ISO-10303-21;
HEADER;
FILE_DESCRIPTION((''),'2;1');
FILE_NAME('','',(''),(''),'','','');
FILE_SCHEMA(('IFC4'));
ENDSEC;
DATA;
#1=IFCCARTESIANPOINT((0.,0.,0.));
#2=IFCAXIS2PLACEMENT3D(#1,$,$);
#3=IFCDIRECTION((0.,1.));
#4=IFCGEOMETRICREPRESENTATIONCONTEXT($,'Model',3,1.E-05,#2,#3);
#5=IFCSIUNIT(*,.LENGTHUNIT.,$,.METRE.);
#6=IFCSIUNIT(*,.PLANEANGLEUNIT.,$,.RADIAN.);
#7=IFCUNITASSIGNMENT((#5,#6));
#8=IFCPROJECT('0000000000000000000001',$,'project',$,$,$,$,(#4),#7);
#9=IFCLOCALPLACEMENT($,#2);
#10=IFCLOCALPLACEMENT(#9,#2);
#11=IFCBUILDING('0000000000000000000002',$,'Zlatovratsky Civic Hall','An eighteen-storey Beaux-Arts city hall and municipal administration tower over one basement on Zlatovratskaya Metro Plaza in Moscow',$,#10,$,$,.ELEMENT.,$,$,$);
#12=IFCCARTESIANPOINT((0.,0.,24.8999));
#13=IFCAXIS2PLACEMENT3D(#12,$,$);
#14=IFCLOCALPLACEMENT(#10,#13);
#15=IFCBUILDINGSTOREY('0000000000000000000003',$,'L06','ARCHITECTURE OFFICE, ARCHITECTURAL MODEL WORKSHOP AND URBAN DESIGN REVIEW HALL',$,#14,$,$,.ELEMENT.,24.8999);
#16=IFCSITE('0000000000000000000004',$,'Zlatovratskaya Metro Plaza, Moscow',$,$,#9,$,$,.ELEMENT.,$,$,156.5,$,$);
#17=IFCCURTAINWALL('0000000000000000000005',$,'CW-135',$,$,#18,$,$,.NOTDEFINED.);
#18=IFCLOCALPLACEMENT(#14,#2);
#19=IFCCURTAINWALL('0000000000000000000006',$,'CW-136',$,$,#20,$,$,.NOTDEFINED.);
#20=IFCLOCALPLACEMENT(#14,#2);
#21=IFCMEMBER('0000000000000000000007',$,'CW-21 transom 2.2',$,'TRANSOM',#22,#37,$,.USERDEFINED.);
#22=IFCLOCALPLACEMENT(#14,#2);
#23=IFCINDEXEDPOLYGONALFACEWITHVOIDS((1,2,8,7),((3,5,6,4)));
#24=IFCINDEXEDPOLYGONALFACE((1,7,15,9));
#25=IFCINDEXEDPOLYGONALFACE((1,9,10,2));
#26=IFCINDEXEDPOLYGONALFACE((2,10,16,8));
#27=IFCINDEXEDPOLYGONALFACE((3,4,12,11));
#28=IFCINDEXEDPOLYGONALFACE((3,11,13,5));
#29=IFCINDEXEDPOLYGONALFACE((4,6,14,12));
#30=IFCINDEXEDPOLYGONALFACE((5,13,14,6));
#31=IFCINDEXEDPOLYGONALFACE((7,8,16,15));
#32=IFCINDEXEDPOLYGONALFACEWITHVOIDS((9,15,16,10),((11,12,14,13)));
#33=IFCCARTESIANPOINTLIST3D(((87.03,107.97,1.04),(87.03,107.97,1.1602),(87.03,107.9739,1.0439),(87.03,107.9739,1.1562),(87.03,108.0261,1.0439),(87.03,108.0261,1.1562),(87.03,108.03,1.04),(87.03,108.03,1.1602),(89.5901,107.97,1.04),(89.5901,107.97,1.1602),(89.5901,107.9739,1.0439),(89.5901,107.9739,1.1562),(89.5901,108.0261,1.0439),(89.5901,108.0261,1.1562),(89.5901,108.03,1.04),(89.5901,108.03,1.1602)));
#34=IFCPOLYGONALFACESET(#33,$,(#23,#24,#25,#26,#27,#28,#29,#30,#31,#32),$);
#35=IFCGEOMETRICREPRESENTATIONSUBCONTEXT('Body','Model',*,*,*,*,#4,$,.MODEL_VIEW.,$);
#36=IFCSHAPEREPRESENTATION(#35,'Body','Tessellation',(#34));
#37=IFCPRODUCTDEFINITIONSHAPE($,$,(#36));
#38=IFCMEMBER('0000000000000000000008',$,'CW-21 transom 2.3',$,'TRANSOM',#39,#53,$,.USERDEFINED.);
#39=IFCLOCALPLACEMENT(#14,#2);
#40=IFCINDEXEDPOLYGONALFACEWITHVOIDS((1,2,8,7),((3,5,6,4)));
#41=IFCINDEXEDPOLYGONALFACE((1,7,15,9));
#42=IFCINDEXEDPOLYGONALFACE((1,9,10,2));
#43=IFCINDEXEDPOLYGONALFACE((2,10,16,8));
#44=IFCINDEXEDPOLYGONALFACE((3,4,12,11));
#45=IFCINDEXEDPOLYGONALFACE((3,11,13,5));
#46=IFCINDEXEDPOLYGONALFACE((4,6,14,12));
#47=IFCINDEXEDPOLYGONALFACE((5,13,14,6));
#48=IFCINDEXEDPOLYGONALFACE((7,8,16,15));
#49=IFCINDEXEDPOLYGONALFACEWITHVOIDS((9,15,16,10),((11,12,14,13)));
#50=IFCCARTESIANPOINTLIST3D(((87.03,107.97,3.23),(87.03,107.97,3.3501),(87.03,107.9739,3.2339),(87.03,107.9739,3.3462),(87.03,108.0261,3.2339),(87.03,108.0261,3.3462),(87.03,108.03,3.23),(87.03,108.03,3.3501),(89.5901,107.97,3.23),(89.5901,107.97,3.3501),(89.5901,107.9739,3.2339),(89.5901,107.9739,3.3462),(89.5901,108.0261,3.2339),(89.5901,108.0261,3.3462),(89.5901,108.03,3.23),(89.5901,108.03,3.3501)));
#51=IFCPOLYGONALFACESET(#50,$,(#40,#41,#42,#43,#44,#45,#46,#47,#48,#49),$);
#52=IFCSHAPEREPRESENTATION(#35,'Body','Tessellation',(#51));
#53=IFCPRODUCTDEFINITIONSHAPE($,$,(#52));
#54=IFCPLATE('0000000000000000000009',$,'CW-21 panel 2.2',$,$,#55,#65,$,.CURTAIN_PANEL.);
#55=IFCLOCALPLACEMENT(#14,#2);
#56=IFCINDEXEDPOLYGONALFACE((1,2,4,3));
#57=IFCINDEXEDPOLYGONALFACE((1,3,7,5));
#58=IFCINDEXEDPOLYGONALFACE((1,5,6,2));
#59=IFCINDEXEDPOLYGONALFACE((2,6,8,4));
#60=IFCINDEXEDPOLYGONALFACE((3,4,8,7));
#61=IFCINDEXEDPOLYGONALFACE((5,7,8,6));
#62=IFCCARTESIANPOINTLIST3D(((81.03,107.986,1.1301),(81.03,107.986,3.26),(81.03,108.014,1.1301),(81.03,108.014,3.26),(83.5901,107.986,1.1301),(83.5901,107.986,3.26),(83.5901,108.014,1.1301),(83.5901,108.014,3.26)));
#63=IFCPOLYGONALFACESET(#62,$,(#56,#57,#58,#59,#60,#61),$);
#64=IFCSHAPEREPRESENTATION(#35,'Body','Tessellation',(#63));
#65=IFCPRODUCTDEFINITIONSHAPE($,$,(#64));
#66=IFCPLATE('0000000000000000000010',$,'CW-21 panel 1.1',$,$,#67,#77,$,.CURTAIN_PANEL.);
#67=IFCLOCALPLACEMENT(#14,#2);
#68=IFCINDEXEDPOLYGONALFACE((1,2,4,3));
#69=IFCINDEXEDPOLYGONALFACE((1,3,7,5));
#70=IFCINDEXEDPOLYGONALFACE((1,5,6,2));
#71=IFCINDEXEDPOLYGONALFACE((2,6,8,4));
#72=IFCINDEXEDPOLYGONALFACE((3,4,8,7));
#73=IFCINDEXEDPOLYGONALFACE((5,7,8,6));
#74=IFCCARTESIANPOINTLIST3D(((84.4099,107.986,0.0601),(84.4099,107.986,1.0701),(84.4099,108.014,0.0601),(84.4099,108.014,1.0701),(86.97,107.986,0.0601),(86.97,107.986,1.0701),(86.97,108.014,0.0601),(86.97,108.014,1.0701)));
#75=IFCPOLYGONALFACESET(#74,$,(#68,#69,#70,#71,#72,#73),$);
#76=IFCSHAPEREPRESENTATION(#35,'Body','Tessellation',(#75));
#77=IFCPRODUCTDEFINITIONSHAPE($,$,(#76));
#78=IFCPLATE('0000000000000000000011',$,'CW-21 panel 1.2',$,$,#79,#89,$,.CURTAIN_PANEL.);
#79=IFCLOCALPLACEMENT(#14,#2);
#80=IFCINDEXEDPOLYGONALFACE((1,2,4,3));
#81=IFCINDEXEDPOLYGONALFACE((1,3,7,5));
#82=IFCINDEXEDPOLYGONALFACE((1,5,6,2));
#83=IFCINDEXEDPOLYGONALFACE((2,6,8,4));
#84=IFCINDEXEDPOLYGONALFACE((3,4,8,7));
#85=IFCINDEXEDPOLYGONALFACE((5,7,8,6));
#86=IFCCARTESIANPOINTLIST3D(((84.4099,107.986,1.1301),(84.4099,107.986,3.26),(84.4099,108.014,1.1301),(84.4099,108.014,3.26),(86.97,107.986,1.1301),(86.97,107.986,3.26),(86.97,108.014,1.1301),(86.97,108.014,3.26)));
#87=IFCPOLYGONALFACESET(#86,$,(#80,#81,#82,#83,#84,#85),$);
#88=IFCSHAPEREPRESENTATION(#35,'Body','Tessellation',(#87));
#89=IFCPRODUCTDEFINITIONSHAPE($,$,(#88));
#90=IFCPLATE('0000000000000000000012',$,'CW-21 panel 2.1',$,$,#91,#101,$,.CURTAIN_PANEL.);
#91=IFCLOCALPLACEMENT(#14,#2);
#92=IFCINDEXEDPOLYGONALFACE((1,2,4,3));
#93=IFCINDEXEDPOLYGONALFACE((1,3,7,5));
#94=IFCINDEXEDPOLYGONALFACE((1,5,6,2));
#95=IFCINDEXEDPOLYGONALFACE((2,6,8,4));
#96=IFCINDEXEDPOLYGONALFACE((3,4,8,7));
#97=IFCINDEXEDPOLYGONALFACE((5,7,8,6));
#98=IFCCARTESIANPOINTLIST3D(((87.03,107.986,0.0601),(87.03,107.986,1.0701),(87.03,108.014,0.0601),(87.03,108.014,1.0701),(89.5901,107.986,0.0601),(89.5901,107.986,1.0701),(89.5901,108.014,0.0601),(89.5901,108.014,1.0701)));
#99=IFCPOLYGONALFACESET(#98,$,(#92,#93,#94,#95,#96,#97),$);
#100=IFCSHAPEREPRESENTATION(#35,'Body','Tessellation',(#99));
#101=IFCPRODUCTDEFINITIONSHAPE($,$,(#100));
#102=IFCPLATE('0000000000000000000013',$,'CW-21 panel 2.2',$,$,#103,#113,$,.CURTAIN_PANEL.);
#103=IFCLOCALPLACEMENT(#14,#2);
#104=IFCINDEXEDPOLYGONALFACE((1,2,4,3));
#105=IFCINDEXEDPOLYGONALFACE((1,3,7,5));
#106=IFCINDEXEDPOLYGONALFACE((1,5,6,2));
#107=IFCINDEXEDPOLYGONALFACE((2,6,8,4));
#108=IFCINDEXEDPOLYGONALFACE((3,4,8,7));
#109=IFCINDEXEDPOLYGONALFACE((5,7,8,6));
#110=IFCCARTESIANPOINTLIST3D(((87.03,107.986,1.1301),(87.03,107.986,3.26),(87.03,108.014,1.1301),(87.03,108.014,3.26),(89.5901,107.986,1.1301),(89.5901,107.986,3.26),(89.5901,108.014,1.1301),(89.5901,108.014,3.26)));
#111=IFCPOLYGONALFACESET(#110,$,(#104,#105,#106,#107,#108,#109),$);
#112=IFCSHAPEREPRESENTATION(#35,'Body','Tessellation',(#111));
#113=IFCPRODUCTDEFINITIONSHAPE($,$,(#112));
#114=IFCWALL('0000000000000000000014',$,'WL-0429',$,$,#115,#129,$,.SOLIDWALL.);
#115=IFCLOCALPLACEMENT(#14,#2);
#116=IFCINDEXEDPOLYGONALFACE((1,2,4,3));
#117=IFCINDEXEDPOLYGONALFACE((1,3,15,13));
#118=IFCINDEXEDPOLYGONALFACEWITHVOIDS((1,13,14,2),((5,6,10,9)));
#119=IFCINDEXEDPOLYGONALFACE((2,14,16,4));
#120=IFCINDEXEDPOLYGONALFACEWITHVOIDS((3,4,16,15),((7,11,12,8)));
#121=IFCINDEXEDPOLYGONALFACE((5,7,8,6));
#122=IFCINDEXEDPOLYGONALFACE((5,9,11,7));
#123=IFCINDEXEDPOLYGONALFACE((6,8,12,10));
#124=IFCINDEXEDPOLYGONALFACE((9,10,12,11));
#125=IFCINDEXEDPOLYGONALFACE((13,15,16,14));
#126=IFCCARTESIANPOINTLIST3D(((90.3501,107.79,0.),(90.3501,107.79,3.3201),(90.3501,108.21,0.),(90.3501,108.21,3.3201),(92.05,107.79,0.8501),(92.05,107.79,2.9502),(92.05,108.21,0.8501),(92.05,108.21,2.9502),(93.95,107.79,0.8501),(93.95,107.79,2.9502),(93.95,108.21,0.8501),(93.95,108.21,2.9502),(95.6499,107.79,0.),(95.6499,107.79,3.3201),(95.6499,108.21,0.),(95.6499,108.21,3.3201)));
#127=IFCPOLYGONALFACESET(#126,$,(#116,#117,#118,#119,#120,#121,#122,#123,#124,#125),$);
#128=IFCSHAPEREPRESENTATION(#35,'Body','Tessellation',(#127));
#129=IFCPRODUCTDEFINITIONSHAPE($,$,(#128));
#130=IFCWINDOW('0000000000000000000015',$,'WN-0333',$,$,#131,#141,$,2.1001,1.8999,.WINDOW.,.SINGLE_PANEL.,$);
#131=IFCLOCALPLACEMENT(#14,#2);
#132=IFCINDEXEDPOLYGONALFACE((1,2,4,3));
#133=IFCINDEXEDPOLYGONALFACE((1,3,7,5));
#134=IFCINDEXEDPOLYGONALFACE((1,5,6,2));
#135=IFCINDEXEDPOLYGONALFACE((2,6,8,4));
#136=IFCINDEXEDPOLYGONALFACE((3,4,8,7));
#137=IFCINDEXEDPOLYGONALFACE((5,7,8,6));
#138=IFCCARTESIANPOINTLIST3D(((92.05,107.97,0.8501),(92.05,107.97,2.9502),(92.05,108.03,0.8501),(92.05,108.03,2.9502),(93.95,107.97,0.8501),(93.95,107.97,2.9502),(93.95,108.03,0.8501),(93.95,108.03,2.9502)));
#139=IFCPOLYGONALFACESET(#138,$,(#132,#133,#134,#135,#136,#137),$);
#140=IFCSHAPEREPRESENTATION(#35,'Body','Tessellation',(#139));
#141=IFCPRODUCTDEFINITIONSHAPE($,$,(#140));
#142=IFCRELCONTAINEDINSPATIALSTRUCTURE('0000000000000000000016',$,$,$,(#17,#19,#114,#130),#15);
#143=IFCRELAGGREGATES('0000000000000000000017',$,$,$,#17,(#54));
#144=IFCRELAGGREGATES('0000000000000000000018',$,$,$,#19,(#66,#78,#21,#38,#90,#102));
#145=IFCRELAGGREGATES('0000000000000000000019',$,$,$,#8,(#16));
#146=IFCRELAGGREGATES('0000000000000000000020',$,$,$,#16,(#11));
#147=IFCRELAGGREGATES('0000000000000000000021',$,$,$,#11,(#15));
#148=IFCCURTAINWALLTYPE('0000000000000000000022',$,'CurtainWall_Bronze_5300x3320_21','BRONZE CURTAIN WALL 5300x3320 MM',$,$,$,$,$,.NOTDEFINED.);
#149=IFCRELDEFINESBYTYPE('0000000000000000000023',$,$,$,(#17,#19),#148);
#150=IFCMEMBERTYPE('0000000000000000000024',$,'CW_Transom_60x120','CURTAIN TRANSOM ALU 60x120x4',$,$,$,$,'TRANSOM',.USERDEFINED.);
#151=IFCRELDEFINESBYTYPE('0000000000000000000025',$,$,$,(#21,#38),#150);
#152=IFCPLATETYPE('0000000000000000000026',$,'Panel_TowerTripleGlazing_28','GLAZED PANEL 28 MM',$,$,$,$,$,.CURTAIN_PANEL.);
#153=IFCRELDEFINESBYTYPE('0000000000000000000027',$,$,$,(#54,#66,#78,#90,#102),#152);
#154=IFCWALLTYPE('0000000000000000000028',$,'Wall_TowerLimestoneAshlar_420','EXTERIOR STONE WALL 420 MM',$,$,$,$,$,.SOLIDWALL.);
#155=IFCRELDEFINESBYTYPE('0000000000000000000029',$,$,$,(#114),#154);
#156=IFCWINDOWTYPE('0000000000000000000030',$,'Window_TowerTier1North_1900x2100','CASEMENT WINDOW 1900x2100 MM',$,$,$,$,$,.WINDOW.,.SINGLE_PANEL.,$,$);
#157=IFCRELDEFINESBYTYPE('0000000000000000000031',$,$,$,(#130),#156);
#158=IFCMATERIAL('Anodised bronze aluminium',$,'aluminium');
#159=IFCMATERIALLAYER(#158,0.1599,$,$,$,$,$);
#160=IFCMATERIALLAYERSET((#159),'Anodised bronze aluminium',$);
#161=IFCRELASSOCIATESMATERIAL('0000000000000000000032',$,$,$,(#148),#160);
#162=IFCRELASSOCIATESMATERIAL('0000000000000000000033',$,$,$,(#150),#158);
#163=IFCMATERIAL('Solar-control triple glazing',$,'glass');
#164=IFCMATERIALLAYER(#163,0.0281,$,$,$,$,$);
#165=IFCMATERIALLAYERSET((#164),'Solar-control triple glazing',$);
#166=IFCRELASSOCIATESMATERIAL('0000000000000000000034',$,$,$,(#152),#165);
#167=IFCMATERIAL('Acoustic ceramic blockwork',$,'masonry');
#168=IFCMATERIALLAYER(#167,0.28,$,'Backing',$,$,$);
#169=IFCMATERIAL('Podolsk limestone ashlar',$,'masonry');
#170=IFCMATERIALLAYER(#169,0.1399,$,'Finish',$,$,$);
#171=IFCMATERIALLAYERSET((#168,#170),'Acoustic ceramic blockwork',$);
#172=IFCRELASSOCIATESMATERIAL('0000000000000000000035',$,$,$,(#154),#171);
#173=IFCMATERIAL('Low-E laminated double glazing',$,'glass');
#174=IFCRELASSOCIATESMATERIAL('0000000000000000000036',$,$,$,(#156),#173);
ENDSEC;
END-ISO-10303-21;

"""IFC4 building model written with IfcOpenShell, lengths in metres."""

from ifc_helpers import new_model, si_unit, direction, frame, frame_2d, origin, origin_2d, place, context, subcontext, project, spatial, rectangle, hollow_rectangle, extrude, material, layer, layer_set, material_profile, profile_set, type_object, element, fill, aggregate, save


model = new_model("IFC4")

# Units and contexts
model_context = context("Model", 3, precision=1e-05, world=origin(), true_north=direction((0.0, 1.0)))
body_context = subcontext(model_context, "Body", "Model", "MODEL_VIEW")
ifc_project = project(units=[si_unit("LENGTHUNIT", "METRE"), si_unit("PLANEANGLEUNIT", "RADIAN")], contexts=[model_context])

# Site, building, storey
site_placement = place(None, origin())
site = spatial("IfcSite", under=ifc_project, at=site_placement, Name="Zlatovratskaya Metro Plaza, Moscow", CompositionType="ELEMENT", RefElevation=156.5)
building_placement = place(site_placement, origin())
building = spatial("IfcBuilding", under=site, at=building_placement, Name="Zlatovratsky Civic Hall", Description="An eighteen-storey Beaux-Arts city hall and municipal administration tower over one basement on Zlatovratskaya Metro Plaza in Moscow", CompositionType="ELEMENT")
storey_placement = place(building_placement, frame((0.0, 0.0, 24.8999)))
storey = spatial("IfcBuildingStorey", under=building, at=storey_placement, Name="L06", Description="ARCHITECTURE OFFICE, ARCHITECTURAL MODEL WORKSHOP AND URBAN DESIGN REVIEW HALL", CompositionType="ELEMENT", Elevation=24.8999)

# Curtain wall
ifc_material_1 = material(Name="Anodised bronze aluminium", Category="aluminium")
ifc_layer_1 = layer(ifc_material_1, 0.1599)
ifc_layer_set_1 = layer_set([ifc_layer_1], Name="Anodised bronze aluminium")
curtain_wall_type = type_object("IfcCurtainWallType", Name="CurtainWall_Bronze_5300x3320_21", Description="BRONZE CURTAIN WALL 5300x3320 MM", PredefinedType="NOTDEFINED", material=ifc_layer_set_1)
curtain_wall_1_placement = place(storey_placement, origin())
curtain_wall_1 = element("IfcCurtainWall", 1, at=curtain_wall_1_placement, inside=storey, type_object=curtain_wall_type, Name="CW-135", PredefinedType="NOTDEFINED")

# Curtain wall, members
curtain_wall_2_placement = place(storey_placement, origin())
curtain_wall_2 = element("IfcCurtainWall", 2, at=curtain_wall_2_placement, inside=storey, type_object=curtain_wall_type, Name="CW-136", PredefinedType="NOTDEFINED")
ifc_material_profile_1 = material_profile(ifc_material_1, hollow_rectangle(XDim=0.0601, YDim=0.1201, WallThickness=0.0039, at=origin_2d()), Name="ALU 60x120x4")
ifc_profile_set_1 = profile_set([ifc_material_profile_1], Name="Anodised bronze aluminium")
member_type_1 = type_object("IfcMemberType", Name="CW_Transom_60x120", Description="CURTAIN TRANSOM ALU 60x120x4", ElementType="TRANSOM", PredefinedType="USERDEFINED", material=ifc_profile_set_1)
member_1_placement = place(storey_placement, frame((87.03, 108.0, 1.1001), z_axis=(1.0, 0.0, 0.0), x_axis=(0.0, 1.0, 0.0)))
member_1 = element("IfcMember", 3, at=member_1_placement, type_object=member_type_1, Name="CW-21 transom 2.2", ObjectType="TRANSOM", PredefinedType="USERDEFINED", context=body_context, shape_type="SweptSolid", body=[
    extrude(hollow_rectangle(XDim=0.0601, YDim=0.1201, WallThickness=0.0039, at=origin_2d()), origin(), (0.0, 0.0, 1.0), 2.5601),
])
member_2_placement = place(storey_placement, frame((87.03, 108.0, 3.29), z_axis=(1.0, 0.0, 0.0), x_axis=(0.0, 1.0, 0.0)))
member_2 = element("IfcMember", 4, at=member_2_placement, type_object=member_type_1, Name="CW-21 transom 2.3", ObjectType="TRANSOM", PredefinedType="USERDEFINED", context=body_context, shape_type="SweptSolid", body=[
    extrude(hollow_rectangle(XDim=0.0601, YDim=0.1201, WallThickness=0.0039, at=origin_2d()), origin(), (0.0, 0.0, 1.0), 2.5601),
])

# Plates
ifc_material_2 = material(Name="Solar-control triple glazing", Category="glass")
ifc_layer_2 = layer(ifc_material_2, 0.0281)
ifc_layer_set_2 = layer_set([ifc_layer_2], Name="Solar-control triple glazing")
plate_type = type_object("IfcPlateType", Name="Panel_TowerTripleGlazing_28", Description="GLAZED PANEL 28 MM", PredefinedType="CURTAIN_PANEL", material=ifc_layer_set_2)
plate_1_placement = place(storey_placement, frame((82.3101, 108.0, 1.1301), z_axis=(0.0, 0.0, 1.0), x_axis=(1.0, 0.0, 0.0)))
plate_1 = element("IfcPlate", 5, at=plate_1_placement, type_object=plate_type, Name="CW-21 panel 2.2", PredefinedType="CURTAIN_PANEL", context=body_context, shape_type="SweptSolid", body=[
    extrude(rectangle(XDim=2.5601, YDim=0.0281, at=origin_2d()), origin(), (0.0, 0.0, 1.0), 2.1299),
])
aggregate(curtain_wall_1, [plate_1])
plate_2_placement = place(storey_placement, frame((85.6899, 108.0, 0.0601), z_axis=(0.0, 0.0, 1.0), x_axis=(1.0, 0.0, 0.0)))
plate_2 = element("IfcPlate", 6, at=plate_2_placement, type_object=plate_type, Name="CW-21 panel 1.1", PredefinedType="CURTAIN_PANEL", context=body_context, shape_type="SweptSolid", body=[
    extrude(rectangle(XDim=2.5601, YDim=0.0281, at=origin_2d()), origin(), (0.0, 0.0, 1.0), 1.01),
])
plate_3_placement = place(storey_placement, frame((85.6899, 108.0, 1.1301), z_axis=(0.0, 0.0, 1.0), x_axis=(1.0, 0.0, 0.0)))
plate_3 = element("IfcPlate", 7, at=plate_3_placement, type_object=plate_type, Name="CW-21 panel 1.2", PredefinedType="CURTAIN_PANEL", context=body_context, shape_type="SweptSolid", body=[
    extrude(rectangle(XDim=2.5601, YDim=0.0281, at=origin_2d()), origin(), (0.0, 0.0, 1.0), 2.1299),
])
plate_4_placement = place(storey_placement, frame((88.3101, 108.0, 0.0601), z_axis=(0.0, 0.0, 1.0), x_axis=(1.0, 0.0, 0.0)))
plate_4 = element("IfcPlate", 8, at=plate_4_placement, type_object=plate_type, Name="CW-21 panel 2.1", PredefinedType="CURTAIN_PANEL", context=body_context, shape_type="SweptSolid", body=[
    extrude(rectangle(XDim=2.5601, YDim=0.0281, at=origin_2d()), origin(), (0.0, 0.0, 1.0), 1.01),
])
plate_5_placement = place(storey_placement, frame((88.3101, 108.0, 1.1301), z_axis=(0.0, 0.0, 1.0), x_axis=(1.0, 0.0, 0.0)))
plate_5 = element("IfcPlate", 9, at=plate_5_placement, type_object=plate_type, Name="CW-21 panel 2.2", PredefinedType="CURTAIN_PANEL", context=body_context, shape_type="SweptSolid", body=[
    extrude(rectangle(XDim=2.5601, YDim=0.0281, at=origin_2d()), origin(), (0.0, 0.0, 1.0), 2.1299),
])
aggregate(curtain_wall_2, [plate_2, plate_3, member_1, member_2, plate_4, plate_5])

# Wall, opening, window
ifc_material_3 = material(Name="Acoustic ceramic blockwork", Category="masonry")
ifc_layer_3 = layer(ifc_material_3, 0.28, Name="Backing")
ifc_material_4 = material(Name="Podolsk limestone ashlar", Category="masonry")
ifc_layer_4 = layer(ifc_material_4, 0.1399, Name="Finish")
ifc_layer_set_3 = layer_set([ifc_layer_3, ifc_layer_4], Name="Acoustic ceramic blockwork")
wall_type = type_object("IfcWallType", Name="Wall_TowerLimestoneAshlar_420", Description="EXTERIOR STONE WALL 420 MM", PredefinedType="SOLIDWALL", material=ifc_layer_set_3)
wall_placement = place(storey_placement, frame((90.3501, 108.0, 0.0), z_axis=(0.0, 0.0, 1.0), x_axis=(1.0, 0.0, 0.0)))
wall = element("IfcWall", 10, at=wall_placement, inside=storey, type_object=wall_type, Name="WL-0429", PredefinedType="SOLIDWALL", context=body_context, shape_type="SweptSolid", body=[
    extrude(rectangle(XDim=5.2998, YDim=0.4199, at=frame_2d((2.6499, 0.0))), origin(), (0.0, 0.0, 1.0), 3.3201),
])
opening_placement = place(wall_placement, frame((1.7, 0.0, 0.8501)))
opening = element("IfcOpeningElement", 11, at=opening_placement, cuts=wall, PredefinedType="OPENING", context=body_context, shape_type="SweptSolid", body=[
    extrude(rectangle(XDim=1.8999, YDim=2.1001, at=frame_2d((0.95, 1.05))), frame((0.0, 0.2249, 0.0), z_axis=(0.0, -1.0, 0.0), x_axis=(1.0, 0.0, 0.0)), (0.0, 0.0, 1.0), 0.4497),
])
ifc_material_5 = material(Name="Low-E laminated double glazing", Category="glass")
window_type = type_object("IfcWindowType", Name="Window_TowerTier1North_1900x2100", Description="CASEMENT WINDOW 1900x2100 MM", PartitioningType="SINGLE_PANEL", PredefinedType="WINDOW", material=ifc_material_5)
window_placement = place(opening_placement, origin())
window = element("IfcWindow", 12, at=window_placement, inside=storey, type_object=window_type, Name="WN-0333", OverallHeight=2.1001, OverallWidth=1.8999, PartitioningType="SINGLE_PANEL", PredefinedType="WINDOW", context=body_context, shape_type="SweptSolid", body=[
    extrude(rectangle(XDim=1.8999, YDim=2.1001, at=frame_2d((0.95, 1.05))), frame((0.0, 0.03, 0.0), z_axis=(0.0, -1.0, 0.0), x_axis=(1.0, 0.0, 0.0)), (0.0, 0.0, 1.0), 0.0601),
])
fill(opening, window)

save(model, "model.ifc")
